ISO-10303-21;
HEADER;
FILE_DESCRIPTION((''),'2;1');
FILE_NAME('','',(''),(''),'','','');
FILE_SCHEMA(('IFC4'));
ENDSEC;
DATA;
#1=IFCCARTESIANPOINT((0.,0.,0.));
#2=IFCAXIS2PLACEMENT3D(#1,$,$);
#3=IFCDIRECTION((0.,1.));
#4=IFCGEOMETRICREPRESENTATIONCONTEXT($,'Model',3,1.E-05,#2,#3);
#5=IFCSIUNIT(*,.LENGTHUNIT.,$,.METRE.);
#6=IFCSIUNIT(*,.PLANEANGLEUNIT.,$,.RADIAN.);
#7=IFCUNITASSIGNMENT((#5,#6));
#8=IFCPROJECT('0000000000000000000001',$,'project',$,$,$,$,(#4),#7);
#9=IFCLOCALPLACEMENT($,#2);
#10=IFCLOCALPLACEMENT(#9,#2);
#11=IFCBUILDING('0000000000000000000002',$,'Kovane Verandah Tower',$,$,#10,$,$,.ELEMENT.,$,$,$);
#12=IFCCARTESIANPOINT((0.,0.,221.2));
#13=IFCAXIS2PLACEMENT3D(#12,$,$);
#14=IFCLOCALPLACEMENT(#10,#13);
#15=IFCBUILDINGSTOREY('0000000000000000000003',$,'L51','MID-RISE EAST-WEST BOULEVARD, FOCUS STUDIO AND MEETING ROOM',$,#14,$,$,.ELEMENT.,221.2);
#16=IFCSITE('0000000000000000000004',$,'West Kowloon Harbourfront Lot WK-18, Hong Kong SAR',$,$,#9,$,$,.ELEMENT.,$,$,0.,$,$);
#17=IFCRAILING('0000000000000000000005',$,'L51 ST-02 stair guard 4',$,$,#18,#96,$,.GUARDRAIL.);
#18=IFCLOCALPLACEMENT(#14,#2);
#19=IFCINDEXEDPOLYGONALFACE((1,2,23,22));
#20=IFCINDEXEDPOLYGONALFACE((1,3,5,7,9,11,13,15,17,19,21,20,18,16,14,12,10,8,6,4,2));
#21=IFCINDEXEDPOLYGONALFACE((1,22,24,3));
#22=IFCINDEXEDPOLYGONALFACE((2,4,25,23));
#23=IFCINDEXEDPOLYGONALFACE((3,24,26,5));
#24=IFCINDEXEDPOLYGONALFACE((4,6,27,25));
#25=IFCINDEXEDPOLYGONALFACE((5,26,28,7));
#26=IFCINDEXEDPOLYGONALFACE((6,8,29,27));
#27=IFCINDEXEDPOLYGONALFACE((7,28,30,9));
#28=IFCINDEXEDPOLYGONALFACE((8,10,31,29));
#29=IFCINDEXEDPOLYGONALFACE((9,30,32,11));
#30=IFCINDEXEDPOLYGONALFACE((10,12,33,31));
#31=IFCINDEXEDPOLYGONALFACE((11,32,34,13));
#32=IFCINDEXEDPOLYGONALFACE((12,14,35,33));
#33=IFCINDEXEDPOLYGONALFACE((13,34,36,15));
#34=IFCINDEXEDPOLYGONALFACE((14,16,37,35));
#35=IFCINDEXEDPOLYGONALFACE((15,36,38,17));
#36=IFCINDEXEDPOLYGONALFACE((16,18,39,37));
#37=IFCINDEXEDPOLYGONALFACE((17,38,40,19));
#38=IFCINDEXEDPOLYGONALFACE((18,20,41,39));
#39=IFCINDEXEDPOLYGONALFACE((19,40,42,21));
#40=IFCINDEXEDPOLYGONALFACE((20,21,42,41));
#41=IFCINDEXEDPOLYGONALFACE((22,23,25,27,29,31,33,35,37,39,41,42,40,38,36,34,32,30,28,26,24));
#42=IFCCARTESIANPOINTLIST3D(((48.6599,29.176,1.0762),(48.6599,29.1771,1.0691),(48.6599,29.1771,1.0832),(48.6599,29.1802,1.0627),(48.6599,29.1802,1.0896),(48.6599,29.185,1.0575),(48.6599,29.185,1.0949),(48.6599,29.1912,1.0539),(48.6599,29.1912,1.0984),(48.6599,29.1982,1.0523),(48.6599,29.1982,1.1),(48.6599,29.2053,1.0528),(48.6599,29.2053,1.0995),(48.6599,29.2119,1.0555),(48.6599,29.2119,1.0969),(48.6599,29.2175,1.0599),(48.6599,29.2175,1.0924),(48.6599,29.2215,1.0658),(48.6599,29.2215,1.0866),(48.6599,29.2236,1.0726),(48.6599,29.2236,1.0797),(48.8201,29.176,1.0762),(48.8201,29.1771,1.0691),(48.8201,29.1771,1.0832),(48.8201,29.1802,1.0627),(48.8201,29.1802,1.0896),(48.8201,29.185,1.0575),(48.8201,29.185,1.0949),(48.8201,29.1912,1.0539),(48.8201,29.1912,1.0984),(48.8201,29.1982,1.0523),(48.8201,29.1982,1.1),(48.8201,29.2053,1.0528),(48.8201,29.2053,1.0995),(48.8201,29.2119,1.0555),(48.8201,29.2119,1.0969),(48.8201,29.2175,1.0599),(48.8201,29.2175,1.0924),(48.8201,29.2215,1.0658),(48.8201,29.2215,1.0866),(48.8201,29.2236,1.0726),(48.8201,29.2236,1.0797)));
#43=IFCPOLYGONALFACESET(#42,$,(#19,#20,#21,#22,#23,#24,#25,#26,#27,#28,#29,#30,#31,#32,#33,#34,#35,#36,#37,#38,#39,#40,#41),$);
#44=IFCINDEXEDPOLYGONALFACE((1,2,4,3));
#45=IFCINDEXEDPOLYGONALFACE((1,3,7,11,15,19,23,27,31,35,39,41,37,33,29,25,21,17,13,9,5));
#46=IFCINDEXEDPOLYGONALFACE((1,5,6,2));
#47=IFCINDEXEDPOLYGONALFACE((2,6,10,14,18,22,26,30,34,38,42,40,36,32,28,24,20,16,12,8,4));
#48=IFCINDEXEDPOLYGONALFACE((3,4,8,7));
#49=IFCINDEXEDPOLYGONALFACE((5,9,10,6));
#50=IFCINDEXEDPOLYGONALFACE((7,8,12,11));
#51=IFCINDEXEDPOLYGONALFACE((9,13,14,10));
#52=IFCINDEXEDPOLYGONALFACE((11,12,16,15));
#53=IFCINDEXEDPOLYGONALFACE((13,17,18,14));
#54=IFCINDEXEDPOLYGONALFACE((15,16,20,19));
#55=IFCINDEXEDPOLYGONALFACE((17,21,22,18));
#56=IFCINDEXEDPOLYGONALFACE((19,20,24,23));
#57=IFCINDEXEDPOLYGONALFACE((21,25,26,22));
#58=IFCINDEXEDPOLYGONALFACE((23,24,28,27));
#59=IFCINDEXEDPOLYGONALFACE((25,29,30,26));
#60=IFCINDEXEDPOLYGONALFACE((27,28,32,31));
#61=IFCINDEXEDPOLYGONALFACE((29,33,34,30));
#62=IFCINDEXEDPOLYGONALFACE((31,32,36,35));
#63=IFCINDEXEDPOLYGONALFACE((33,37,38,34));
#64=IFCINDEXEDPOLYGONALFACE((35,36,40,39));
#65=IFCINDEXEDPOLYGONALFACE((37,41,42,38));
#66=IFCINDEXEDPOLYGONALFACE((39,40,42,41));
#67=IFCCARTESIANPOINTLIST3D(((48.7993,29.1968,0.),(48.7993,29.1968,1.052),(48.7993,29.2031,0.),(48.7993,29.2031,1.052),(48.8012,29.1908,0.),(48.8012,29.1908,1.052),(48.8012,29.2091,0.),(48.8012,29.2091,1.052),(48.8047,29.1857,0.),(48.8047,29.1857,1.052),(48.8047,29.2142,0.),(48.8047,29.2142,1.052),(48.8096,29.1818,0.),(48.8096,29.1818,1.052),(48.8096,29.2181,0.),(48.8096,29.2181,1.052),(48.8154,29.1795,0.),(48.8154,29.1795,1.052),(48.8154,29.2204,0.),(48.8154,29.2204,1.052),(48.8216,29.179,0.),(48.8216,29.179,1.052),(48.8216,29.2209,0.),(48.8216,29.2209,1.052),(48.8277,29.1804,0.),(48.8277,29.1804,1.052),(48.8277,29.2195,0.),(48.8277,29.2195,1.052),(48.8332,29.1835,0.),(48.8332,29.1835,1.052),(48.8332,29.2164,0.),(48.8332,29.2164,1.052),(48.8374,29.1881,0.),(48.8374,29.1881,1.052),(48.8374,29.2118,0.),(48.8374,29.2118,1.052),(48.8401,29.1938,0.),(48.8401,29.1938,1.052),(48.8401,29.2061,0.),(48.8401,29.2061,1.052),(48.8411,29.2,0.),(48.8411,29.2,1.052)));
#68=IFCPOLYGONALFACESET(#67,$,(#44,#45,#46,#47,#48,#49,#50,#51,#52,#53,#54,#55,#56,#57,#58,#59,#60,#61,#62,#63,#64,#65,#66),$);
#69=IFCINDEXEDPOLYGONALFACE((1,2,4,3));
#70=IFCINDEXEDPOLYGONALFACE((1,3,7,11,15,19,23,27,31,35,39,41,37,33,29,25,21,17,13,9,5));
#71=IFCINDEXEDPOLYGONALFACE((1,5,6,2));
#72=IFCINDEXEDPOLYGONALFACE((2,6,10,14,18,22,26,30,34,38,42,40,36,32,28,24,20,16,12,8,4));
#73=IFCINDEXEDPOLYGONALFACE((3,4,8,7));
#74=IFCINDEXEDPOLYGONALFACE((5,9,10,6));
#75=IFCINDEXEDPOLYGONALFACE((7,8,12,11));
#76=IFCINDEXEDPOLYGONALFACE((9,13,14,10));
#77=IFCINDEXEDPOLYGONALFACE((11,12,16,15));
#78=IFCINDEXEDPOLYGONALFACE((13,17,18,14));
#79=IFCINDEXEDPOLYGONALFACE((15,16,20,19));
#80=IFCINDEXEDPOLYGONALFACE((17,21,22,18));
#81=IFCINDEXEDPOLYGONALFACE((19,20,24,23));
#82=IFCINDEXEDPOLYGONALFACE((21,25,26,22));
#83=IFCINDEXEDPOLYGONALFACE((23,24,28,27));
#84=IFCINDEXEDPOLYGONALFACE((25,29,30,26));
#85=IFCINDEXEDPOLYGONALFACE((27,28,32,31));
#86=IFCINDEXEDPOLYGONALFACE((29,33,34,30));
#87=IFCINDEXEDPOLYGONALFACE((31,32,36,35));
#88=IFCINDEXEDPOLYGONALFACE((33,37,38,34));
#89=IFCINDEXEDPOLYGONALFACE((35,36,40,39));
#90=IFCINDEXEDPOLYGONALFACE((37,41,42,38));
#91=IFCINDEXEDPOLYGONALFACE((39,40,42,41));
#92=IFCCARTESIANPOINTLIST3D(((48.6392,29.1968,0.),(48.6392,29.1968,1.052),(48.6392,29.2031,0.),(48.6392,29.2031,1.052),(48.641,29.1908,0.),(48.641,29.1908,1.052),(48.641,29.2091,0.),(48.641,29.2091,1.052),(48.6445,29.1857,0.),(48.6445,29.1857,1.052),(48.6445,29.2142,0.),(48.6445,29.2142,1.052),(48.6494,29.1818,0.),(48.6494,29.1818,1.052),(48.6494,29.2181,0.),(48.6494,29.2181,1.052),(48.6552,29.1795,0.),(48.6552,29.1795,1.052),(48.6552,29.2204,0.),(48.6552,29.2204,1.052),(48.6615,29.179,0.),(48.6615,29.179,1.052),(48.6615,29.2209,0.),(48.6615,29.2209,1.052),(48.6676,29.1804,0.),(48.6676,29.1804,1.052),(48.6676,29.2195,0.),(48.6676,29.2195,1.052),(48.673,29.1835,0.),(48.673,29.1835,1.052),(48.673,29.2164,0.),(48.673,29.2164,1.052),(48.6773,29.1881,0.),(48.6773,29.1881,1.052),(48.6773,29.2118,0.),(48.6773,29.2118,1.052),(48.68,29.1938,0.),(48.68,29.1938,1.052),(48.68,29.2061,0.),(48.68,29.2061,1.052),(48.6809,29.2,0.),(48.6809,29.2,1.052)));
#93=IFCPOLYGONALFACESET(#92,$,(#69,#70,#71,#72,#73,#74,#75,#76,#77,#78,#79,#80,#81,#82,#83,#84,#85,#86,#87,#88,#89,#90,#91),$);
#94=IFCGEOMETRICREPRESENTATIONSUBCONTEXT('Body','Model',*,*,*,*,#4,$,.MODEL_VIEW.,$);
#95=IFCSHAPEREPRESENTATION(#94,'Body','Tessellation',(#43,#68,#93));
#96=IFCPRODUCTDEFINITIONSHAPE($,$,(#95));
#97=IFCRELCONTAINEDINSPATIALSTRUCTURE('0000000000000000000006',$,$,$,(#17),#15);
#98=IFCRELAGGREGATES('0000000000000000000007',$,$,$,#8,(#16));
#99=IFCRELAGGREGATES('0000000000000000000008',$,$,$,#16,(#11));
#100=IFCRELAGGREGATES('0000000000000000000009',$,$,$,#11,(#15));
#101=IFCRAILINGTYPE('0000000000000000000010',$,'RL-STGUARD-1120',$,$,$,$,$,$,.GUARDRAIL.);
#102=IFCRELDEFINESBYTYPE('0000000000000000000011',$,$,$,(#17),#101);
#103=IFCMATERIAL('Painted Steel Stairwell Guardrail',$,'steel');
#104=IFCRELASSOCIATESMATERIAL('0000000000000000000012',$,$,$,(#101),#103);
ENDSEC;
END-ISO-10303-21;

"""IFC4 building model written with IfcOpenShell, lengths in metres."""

from ifc_helpers import new_model, si_unit, direction, frame, origin, origin_2d, place, context, subcontext, project, spatial, circle, extrude, material, type_object, element, save


model = new_model("IFC4")

# Units and contexts
model_context = context("Model", 3, precision=1e-05, world=origin(), true_north=direction((0.0, 1.0)))
body_context = subcontext(model_context, "Body", "Model", "MODEL_VIEW")
ifc_project = project(units=[si_unit("LENGTHUNIT", "METRE"), si_unit("PLANEANGLEUNIT", "RADIAN")], contexts=[model_context])

# Site, building, storey
site_placement = place(None, origin())
site = spatial("IfcSite", under=ifc_project, at=site_placement, Name="West Kowloon Harbourfront Lot WK-18, Hong Kong SAR", CompositionType="ELEMENT", RefElevation=0.0)
building_placement = place(site_placement, origin())
building = spatial("IfcBuilding", under=site, at=building_placement, Name="Kovane Verandah Tower", CompositionType="ELEMENT")
storey_placement = place(building_placement, frame((0.0, 0.0, 221.2)))
storey = spatial("IfcBuildingStorey", under=building, at=storey_placement, Name="L51", Description="MID-RISE EAST-WEST BOULEVARD, FOCUS STUDIO AND MEETING ROOM", CompositionType="ELEMENT", Elevation=221.2)

# Railing
ifc_material_1 = material(Name="Painted Steel Stairwell Guardrail", Category="steel")
railing_type_1 = type_object("IfcRailingType", Name="RL-STGUARD-1120", PredefinedType="GUARDRAIL", material=ifc_material_1)
railing_1_placement = place(storey_placement, frame((48.8201, 29.2, 0.0)))
element("IfcRailing", 1, at=railing_1_placement, inside=storey, type_object=railing_type_1, Name="L51 ST-02 stair guard 4", PredefinedType="GUARDRAIL", context=body_context, shape_type="SweptSolid", body=[
    extrude(circle(Radius=0.0239, at=origin_2d()), frame((0.0, 0.0, 1.0762), z_axis=(-1.0, 0.0, 0.0), x_axis=(0.0, -1.0, 0.0)), (0.0, 0.0, 1.0), 0.1602),
    extrude(circle(Radius=0.021, at=origin_2d()), origin(), (0.0, 0.0, 1.0), 1.052),
    extrude(circle(Radius=0.021, at=origin_2d()), frame((-0.1602, 0.0, 0.0)), (0.0, 0.0, 1.0), 1.052),
])

save(model, "model.ifc")
